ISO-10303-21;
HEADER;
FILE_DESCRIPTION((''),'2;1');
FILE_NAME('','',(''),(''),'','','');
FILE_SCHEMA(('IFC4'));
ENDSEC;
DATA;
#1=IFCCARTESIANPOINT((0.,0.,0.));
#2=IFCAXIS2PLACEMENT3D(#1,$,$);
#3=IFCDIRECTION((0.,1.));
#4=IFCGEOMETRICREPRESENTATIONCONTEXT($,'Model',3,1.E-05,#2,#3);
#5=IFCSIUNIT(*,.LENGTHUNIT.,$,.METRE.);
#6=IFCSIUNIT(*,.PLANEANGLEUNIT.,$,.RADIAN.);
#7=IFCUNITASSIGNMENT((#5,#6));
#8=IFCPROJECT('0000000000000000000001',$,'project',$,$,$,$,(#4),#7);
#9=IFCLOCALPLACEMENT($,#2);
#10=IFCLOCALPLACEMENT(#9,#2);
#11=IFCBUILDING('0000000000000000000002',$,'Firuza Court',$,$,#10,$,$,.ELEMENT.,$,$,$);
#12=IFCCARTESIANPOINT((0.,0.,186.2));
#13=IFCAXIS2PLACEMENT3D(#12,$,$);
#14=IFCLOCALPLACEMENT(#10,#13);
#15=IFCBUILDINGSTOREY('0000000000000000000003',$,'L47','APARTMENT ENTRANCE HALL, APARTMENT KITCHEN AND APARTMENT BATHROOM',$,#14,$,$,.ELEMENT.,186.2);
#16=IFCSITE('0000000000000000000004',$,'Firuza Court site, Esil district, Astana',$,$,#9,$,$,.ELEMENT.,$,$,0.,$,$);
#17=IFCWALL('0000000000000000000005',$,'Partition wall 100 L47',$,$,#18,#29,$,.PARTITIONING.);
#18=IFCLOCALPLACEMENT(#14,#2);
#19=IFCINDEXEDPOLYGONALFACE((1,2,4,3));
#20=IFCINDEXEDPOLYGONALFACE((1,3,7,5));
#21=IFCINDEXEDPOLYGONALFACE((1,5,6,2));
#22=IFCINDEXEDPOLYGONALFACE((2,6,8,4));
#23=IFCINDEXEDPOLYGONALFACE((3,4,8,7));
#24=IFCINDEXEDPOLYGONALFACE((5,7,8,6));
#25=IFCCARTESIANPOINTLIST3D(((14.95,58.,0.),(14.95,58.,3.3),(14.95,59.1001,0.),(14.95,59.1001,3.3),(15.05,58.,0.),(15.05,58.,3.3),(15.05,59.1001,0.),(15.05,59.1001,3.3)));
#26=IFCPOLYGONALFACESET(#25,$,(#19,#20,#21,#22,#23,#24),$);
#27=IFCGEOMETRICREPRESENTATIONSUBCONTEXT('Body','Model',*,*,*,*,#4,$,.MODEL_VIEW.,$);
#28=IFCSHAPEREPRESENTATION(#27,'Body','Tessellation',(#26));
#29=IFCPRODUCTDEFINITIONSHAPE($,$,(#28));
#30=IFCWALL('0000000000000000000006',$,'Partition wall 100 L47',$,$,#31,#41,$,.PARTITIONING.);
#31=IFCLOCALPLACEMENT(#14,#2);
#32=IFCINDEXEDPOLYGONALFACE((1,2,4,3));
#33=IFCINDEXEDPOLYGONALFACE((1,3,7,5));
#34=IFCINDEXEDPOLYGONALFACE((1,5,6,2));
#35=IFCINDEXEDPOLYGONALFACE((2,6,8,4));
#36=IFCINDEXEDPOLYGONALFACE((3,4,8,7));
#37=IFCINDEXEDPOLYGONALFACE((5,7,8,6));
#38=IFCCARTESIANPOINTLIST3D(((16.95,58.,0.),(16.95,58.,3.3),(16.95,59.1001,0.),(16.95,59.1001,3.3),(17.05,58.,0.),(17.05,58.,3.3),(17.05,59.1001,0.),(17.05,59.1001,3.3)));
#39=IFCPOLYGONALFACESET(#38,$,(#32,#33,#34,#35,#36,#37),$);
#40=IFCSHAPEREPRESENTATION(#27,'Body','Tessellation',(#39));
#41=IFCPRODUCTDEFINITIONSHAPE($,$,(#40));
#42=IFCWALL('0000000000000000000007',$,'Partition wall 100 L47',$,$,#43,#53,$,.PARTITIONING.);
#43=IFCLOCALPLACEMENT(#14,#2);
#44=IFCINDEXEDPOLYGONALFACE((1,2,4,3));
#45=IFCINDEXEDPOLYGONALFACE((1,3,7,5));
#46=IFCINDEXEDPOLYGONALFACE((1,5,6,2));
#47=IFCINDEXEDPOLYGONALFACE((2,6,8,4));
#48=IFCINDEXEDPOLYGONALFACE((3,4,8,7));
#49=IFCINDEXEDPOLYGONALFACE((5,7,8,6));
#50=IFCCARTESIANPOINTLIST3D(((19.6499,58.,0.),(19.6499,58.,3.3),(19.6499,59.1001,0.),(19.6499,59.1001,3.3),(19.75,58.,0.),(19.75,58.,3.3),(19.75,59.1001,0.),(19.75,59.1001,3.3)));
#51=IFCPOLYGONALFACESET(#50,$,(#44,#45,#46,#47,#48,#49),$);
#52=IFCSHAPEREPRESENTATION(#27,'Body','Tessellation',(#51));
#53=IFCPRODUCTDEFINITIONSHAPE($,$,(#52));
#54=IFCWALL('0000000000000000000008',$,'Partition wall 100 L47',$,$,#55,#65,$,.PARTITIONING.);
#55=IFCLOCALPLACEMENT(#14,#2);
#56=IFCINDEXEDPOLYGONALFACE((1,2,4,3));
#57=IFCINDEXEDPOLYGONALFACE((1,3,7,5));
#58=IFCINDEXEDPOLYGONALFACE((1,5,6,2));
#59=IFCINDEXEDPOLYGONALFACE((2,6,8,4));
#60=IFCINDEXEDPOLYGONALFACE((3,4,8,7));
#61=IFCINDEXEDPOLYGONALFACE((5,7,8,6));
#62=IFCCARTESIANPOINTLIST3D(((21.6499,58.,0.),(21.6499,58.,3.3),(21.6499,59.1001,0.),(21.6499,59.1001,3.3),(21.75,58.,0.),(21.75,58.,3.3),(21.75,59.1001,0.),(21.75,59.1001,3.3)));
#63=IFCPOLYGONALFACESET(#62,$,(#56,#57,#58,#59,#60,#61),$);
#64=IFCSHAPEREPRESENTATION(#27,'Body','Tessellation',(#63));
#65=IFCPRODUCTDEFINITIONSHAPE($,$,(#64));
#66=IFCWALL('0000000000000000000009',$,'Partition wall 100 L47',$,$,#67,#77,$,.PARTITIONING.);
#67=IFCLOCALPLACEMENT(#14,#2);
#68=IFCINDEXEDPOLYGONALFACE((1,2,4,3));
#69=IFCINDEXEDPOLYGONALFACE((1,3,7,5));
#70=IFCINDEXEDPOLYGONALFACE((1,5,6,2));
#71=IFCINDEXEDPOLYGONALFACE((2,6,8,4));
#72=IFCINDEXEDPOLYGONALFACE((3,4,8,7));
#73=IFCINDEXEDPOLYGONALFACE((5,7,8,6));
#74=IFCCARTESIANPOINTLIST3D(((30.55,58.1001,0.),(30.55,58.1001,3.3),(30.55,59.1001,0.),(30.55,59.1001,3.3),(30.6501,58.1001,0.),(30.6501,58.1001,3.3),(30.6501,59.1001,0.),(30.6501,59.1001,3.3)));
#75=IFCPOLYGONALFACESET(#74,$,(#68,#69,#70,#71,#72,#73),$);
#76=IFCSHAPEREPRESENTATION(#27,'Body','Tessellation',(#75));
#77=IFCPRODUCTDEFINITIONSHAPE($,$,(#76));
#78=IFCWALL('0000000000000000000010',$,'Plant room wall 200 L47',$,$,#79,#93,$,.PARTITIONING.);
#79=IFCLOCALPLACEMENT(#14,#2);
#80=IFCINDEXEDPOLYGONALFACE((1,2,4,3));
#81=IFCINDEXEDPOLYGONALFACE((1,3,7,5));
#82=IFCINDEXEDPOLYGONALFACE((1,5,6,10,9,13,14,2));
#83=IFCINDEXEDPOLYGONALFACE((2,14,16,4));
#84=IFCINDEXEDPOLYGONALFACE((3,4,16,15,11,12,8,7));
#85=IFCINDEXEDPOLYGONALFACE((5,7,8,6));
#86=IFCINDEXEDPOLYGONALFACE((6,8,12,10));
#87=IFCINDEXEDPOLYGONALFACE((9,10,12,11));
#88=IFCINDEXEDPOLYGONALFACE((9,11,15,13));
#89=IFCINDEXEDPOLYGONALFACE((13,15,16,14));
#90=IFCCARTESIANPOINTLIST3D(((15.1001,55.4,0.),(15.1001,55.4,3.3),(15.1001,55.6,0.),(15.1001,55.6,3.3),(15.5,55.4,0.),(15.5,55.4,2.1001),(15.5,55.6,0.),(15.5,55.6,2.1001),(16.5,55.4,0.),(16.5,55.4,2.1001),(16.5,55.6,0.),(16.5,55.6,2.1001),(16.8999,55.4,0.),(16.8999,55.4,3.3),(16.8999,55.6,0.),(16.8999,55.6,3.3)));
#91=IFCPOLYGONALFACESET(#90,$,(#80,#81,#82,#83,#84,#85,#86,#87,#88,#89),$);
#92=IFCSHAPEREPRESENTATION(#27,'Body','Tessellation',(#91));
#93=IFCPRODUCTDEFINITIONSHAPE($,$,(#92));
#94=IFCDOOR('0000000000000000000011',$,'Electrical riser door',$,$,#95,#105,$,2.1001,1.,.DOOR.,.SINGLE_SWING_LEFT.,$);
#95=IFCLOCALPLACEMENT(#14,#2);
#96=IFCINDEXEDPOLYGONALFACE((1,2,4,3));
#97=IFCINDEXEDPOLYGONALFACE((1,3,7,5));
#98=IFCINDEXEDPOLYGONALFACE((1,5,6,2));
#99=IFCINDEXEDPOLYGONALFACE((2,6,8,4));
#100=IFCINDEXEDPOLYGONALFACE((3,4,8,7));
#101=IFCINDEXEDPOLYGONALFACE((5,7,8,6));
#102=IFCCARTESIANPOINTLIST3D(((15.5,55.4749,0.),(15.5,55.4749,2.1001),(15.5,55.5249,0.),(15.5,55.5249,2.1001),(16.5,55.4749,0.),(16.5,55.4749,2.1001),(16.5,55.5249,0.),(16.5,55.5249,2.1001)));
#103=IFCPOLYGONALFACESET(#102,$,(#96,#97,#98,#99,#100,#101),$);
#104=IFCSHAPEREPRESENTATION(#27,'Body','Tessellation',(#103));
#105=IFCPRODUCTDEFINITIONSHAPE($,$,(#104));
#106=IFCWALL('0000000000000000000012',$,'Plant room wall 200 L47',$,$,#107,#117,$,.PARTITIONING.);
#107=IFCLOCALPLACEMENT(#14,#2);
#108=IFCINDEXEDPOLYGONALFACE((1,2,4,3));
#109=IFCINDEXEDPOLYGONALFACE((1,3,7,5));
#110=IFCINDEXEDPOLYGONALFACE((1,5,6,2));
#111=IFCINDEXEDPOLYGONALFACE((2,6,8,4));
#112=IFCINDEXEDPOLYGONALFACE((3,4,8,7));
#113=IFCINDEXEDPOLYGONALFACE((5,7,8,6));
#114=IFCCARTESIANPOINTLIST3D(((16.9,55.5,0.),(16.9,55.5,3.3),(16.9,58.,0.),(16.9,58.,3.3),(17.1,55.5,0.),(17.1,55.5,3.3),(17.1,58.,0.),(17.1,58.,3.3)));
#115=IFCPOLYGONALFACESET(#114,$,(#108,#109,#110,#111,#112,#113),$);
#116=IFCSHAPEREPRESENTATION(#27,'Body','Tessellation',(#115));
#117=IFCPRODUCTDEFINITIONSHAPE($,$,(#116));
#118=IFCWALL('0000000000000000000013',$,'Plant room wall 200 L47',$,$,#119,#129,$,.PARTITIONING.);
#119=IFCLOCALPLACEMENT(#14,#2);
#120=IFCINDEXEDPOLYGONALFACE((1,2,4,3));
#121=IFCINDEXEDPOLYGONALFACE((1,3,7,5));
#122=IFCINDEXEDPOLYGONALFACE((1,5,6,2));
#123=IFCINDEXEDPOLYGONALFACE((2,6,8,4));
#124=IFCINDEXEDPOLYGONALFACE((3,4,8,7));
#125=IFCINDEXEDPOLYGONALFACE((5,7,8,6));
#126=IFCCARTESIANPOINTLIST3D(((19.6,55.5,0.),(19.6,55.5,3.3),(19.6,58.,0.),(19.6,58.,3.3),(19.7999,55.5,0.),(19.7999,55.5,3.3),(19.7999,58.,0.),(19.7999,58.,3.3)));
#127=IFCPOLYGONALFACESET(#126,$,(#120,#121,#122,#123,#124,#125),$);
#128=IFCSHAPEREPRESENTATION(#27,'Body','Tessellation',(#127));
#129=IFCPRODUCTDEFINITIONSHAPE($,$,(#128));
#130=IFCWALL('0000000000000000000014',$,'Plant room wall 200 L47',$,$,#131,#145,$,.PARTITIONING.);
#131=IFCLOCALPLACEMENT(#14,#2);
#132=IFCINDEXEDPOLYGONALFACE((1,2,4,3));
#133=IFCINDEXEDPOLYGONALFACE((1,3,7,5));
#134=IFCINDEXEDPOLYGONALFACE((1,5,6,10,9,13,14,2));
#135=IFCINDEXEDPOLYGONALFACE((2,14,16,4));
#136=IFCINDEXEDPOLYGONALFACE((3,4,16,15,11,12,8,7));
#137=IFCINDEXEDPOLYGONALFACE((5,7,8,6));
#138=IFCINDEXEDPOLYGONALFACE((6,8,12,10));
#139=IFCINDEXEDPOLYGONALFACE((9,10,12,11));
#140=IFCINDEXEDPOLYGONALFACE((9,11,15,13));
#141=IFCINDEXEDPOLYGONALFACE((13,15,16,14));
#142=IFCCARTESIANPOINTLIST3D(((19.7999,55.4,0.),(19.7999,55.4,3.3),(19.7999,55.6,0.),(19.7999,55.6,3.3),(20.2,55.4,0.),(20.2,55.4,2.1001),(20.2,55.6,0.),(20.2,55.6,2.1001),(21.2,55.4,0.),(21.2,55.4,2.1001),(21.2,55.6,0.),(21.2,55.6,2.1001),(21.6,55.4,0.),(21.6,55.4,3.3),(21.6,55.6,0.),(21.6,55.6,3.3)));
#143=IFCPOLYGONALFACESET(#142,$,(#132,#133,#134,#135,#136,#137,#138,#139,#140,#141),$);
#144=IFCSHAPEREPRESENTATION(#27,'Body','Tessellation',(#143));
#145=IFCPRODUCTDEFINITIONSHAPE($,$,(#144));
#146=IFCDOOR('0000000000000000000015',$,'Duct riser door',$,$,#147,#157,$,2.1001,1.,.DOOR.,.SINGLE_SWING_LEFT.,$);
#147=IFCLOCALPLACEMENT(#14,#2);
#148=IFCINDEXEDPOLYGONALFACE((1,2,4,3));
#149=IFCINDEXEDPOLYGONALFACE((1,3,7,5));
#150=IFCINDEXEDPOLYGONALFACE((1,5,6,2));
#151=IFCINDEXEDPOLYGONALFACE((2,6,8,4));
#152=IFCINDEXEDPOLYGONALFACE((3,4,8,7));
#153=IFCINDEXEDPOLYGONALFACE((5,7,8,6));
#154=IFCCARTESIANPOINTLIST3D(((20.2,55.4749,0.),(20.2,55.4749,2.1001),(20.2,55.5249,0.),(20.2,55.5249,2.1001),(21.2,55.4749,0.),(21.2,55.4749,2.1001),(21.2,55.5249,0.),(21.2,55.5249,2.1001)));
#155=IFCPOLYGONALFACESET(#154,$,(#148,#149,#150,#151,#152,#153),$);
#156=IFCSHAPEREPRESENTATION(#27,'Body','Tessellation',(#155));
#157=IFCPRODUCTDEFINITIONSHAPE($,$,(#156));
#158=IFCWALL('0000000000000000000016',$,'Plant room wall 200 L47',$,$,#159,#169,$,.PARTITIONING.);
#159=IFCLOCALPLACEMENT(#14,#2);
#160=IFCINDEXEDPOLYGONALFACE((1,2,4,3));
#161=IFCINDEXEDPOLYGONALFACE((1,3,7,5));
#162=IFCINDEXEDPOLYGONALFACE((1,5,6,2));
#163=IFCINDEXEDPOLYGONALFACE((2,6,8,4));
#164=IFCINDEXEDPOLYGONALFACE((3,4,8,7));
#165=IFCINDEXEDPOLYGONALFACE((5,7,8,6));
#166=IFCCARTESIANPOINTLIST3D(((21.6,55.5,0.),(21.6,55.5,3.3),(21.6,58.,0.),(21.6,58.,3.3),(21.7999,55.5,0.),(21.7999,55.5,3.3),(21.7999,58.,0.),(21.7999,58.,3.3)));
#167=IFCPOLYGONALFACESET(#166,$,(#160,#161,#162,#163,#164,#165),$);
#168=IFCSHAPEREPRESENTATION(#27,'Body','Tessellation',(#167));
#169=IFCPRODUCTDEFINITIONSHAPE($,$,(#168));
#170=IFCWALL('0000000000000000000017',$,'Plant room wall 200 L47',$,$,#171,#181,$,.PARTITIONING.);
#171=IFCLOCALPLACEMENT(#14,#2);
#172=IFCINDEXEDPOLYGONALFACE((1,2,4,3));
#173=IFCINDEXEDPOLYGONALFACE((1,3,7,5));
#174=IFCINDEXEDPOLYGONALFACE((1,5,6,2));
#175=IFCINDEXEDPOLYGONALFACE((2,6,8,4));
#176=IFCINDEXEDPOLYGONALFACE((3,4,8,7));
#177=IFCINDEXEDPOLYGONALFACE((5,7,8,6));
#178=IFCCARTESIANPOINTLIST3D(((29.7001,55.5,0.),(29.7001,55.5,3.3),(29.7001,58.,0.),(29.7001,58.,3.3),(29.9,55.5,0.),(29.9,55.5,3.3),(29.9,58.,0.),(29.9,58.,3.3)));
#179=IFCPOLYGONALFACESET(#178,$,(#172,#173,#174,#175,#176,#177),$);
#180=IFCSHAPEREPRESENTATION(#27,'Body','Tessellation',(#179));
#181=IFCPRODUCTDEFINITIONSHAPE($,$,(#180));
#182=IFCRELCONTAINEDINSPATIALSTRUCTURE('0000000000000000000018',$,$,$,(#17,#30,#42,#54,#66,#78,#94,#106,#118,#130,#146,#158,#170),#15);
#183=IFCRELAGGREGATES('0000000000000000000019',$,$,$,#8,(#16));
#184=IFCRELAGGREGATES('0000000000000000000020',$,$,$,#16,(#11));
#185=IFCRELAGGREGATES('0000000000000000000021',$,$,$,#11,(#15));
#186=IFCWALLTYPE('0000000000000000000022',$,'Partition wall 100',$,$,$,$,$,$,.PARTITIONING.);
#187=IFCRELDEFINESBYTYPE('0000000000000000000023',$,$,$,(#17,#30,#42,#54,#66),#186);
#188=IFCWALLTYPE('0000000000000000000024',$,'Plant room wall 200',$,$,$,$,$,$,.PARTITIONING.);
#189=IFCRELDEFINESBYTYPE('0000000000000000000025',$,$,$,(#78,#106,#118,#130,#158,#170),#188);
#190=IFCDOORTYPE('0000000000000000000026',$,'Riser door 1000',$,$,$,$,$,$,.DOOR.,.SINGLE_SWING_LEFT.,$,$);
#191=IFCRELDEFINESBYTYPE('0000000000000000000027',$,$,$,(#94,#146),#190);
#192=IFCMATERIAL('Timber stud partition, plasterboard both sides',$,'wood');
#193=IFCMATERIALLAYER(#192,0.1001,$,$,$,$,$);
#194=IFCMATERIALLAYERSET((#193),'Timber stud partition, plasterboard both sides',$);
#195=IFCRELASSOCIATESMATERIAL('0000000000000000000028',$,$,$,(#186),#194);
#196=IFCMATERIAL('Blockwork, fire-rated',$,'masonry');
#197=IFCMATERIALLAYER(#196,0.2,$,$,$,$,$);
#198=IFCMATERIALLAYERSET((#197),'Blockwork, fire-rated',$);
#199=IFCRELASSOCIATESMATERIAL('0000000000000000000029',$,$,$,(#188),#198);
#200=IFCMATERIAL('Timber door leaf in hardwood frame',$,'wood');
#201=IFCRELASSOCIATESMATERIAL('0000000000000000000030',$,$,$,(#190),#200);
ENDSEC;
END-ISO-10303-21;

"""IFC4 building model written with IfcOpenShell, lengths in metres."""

from ifc_helpers import new_model, si_unit, direction, frame, frame_2d, origin, place, context, subcontext, project, spatial, rectangle, extrude, material, layer, layer_set, type_object, element, fill, save


model = new_model("IFC4")

# Units and contexts
model_context = context("Model", 3, precision=1e-05, world=origin(), true_north=direction((0.0, 1.0)))
body_context = subcontext(model_context, "Body", "Model", "MODEL_VIEW")
ifc_project = project(units=[si_unit("LENGTHUNIT", "METRE"), si_unit("PLANEANGLEUNIT", "RADIAN")], contexts=[model_context])

# Site, building, storey
site_placement = place(None, origin())
site = spatial("IfcSite", under=ifc_project, at=site_placement, Name="Firuza Court site, Esil district, Astana", CompositionType="ELEMENT", RefElevation=0.0)
building_placement = place(site_placement, origin())
building = spatial("IfcBuilding", under=site, at=building_placement, Name="Firuza Court", CompositionType="ELEMENT")
storey_placement = place(building_placement, frame((0.0, 0.0, 186.2)))
storey = spatial("IfcBuildingStorey", under=building, at=storey_placement, Name="L47", Description="APARTMENT ENTRANCE HALL, APARTMENT KITCHEN AND APARTMENT BATHROOM", CompositionType="ELEMENT", Elevation=186.2)

# Walls
ifc_material_1 = material(Name="Timber stud partition, plasterboard both sides", Category="wood")
ifc_layer_1 = layer(ifc_material_1, 0.1001)
ifc_layer_set_1 = layer_set([ifc_layer_1], Name="Timber stud partition, plasterboard both sides")
wall_type_1 = type_object("IfcWallType", Name="Partition wall 100", PredefinedType="PARTITIONING", material=ifc_layer_set_1)
for number, where, z_axis, x_axis, name in (
    (1, (15.0, 58.0, 0.0), (0.0, 0.0, 1.0), (0.0, 1.0, 0.0), "Partition wall 100 L47"),
    (2, (17.0, 58.0, 0.0), (0.0, 0.0, 1.0), (0.0, 1.0, 0.0), "Partition wall 100 L47"),
    (3, (19.7, 58.0, 0.0), (0.0, 0.0, 1.0), (0.0, 1.0, 0.0), "Partition wall 100 L47"),
    (4, (21.7, 58.0, 0.0), (0.0, 0.0, 1.0), (0.0, 1.0, 0.0), "Partition wall 100 L47"),
):
    element("IfcWall", number, at=place(storey_placement, frame(where, z_axis=z_axis, x_axis=x_axis)), inside=storey, type_object=wall_type_1, Name=name, PredefinedType="PARTITIONING", context=body_context, shape_type="SweptSolid", body=[
        extrude(rectangle(XDim=1.1001, YDim=0.1001, at=frame_2d((0.55, 0.0))), origin(), (0.0, 0.0, 1.0), 3.3),
    ])
wall_1_placement = place(storey_placement, frame((30.6001, 58.1001, 0.0), z_axis=(0.0, 0.0, 1.0), x_axis=(0.0, 1.0, 0.0)))
element("IfcWall", 5, at=wall_1_placement, inside=storey, type_object=wall_type_1, Name="Partition wall 100 L47", PredefinedType="PARTITIONING", context=body_context, shape_type="SweptSolid", body=[
    extrude(rectangle(XDim=1.0, YDim=0.1001, at=frame_2d((0.5, 0.0))), origin(), (0.0, 0.0, 1.0), 3.3),
])

# Wall, opening, door
ifc_material_2 = material(Name="Blockwork, fire-rated", Category="masonry")
ifc_layer_2 = layer(ifc_material_2, 0.2)
ifc_layer_set_2 = layer_set([ifc_layer_2], Name="Blockwork, fire-rated")
wall_type_2 = type_object("IfcWallType", Name="Plant room wall 200", PredefinedType="PARTITIONING", material=ifc_layer_set_2)
wall_2_placement = place(storey_placement, frame((15.1001, 55.5, 0.0), z_axis=(0.0, 0.0, 1.0), x_axis=(1.0, 0.0, 0.0)))
wall_2 = element("IfcWall", 6, at=wall_2_placement, inside=storey, type_object=wall_type_2, Name="Plant room wall 200 L47", PredefinedType="PARTITIONING", context=body_context, shape_type="SweptSolid", body=[
    extrude(rectangle(XDim=1.7998, YDim=0.2, at=frame_2d((0.8999, 0.0))), origin(), (0.0, 0.0, 1.0), 3.3),
])
opening_1_placement = place(wall_2_placement, frame((0.3999, 0.0, 0.0)))
opening_1 = element("IfcOpeningElement", 7, at=opening_1_placement, cuts=wall_2, PredefinedType="OPENING", context=body_context, shape_type="SweptSolid", body=[
    extrude(rectangle(XDim=1.0, YDim=2.1001, at=frame_2d((0.5, 1.05))), frame((0.0, 0.1118, 0.0), z_axis=(0.0, -1.0, 0.0), x_axis=(1.0, 0.0, 0.0)), (0.0, 0.0, 1.0), 0.2239),
])
ifc_material_3 = material(Name="Timber door leaf in hardwood frame", Category="wood")
door_type = type_object("IfcDoorType", Name="Riser door 1000", OperationType="SINGLE_SWING_LEFT", PredefinedType="DOOR", material=ifc_material_3)
door_1_placement = place(opening_1_placement, origin())
door_1 = element("IfcDoor", 8, at=door_1_placement, inside=storey, type_object=door_type, Name="Electrical riser door", OperationType="SINGLE_SWING_LEFT", OverallHeight=2.1001, OverallWidth=1.0, PredefinedType="DOOR", context=body_context, shape_type="SweptSolid", body=[
    extrude(rectangle(XDim=1.0, YDim=2.1001, at=frame_2d((0.5, 1.05))), frame((0.0, 0.0249, 0.0), z_axis=(0.0, -1.0, 0.0), x_axis=(1.0, 0.0, 0.0)), (0.0, 0.0, 1.0), 0.05),
])
fill(opening_1, door_1)

# Walls
for number, where, z_axis, x_axis, name in (
    (9, (17.0, 55.5, 0.0), (0.0, 0.0, 1.0), (0.0, 1.0, 0.0), "Plant room wall 200 L47"),
    (10, (19.7, 55.5, 0.0), (0.0, 0.0, 1.0), (0.0, 1.0, 0.0), "Plant room wall 200 L47"),
):
    element("IfcWall", number, at=place(storey_placement, frame(where, z_axis=z_axis, x_axis=x_axis)), inside=storey, type_object=wall_type_2, Name=name, PredefinedType="PARTITIONING", context=body_context, shape_type="SweptSolid", body=[
        extrude(rectangle(XDim=2.5, YDim=0.2, at=frame_2d((1.25, 0.0))), origin(), (0.0, 0.0, 1.0), 3.3),
    ])

# Wall, opening, door
wall_3_placement = place(storey_placement, frame((19.8, 55.5, 0.0), z_axis=(0.0, 0.0, 1.0), x_axis=(1.0, 0.0, 0.0)))
wall_3 = element("IfcWall", 11, at=wall_3_placement, inside=storey, type_object=wall_type_2, Name="Plant room wall 200 L47", PredefinedType="PARTITIONING", context=body_context, shape_type="SweptSolid", body=[
    extrude(rectangle(XDim=1.8, YDim=0.2, at=frame_2d((0.8999, 0.0))), origin(), (0.0, 0.0, 1.0), 3.3),
])
opening_2_placement = place(wall_3_placement, frame((0.3999, 0.0, 0.0)))
opening_2 = element("IfcOpeningElement", 12, at=opening_2_placement, cuts=wall_3, PredefinedType="OPENING", context=body_context, shape_type="SweptSolid", body=[
    extrude(rectangle(XDim=1.0, YDim=2.1001, at=frame_2d((0.5, 1.05))), frame((0.0, 0.1118, 0.0), z_axis=(0.0, -1.0, 0.0), x_axis=(1.0, 0.0, 0.0)), (0.0, 0.0, 1.0), 0.2239),
])
door_2_placement = place(opening_2_placement, origin())
door_2 = element("IfcDoor", 13, at=door_2_placement, inside=storey, type_object=door_type, Name="Duct riser door", OperationType="SINGLE_SWING_LEFT", OverallHeight=2.1001, OverallWidth=1.0, PredefinedType="DOOR", context=body_context, shape_type="SweptSolid", body=[
    extrude(rectangle(XDim=1.0, YDim=2.1001, at=frame_2d((0.5, 1.05))), frame((0.0, 0.0249, 0.0), z_axis=(0.0, -1.0, 0.0), x_axis=(1.0, 0.0, 0.0)), (0.0, 0.0, 1.0), 0.05),
])
fill(opening_2, door_2)

# Walls
for number, where, z_axis, x_axis, name in (
    (14, (21.7, 55.5, 0.0), (0.0, 0.0, 1.0), (0.0, 1.0, 0.0), "Plant room wall 200 L47"),
    (15, (29.8, 55.5, 0.0), (0.0, 0.0, 1.0), (0.0, 1.0, 0.0), "Plant room wall 200 L47"),
):
    element("IfcWall", number, at=place(storey_placement, frame(where, z_axis=z_axis, x_axis=x_axis)), inside=storey, type_object=wall_type_2, Name=name, PredefinedType="PARTITIONING", context=body_context, shape_type="SweptSolid", body=[
        extrude(rectangle(XDim=2.5, YDim=0.2, at=frame_2d((1.25, 0.0))), origin(), (0.0, 0.0, 1.0), 3.3),
    ])

save(model, "model.ifc")
